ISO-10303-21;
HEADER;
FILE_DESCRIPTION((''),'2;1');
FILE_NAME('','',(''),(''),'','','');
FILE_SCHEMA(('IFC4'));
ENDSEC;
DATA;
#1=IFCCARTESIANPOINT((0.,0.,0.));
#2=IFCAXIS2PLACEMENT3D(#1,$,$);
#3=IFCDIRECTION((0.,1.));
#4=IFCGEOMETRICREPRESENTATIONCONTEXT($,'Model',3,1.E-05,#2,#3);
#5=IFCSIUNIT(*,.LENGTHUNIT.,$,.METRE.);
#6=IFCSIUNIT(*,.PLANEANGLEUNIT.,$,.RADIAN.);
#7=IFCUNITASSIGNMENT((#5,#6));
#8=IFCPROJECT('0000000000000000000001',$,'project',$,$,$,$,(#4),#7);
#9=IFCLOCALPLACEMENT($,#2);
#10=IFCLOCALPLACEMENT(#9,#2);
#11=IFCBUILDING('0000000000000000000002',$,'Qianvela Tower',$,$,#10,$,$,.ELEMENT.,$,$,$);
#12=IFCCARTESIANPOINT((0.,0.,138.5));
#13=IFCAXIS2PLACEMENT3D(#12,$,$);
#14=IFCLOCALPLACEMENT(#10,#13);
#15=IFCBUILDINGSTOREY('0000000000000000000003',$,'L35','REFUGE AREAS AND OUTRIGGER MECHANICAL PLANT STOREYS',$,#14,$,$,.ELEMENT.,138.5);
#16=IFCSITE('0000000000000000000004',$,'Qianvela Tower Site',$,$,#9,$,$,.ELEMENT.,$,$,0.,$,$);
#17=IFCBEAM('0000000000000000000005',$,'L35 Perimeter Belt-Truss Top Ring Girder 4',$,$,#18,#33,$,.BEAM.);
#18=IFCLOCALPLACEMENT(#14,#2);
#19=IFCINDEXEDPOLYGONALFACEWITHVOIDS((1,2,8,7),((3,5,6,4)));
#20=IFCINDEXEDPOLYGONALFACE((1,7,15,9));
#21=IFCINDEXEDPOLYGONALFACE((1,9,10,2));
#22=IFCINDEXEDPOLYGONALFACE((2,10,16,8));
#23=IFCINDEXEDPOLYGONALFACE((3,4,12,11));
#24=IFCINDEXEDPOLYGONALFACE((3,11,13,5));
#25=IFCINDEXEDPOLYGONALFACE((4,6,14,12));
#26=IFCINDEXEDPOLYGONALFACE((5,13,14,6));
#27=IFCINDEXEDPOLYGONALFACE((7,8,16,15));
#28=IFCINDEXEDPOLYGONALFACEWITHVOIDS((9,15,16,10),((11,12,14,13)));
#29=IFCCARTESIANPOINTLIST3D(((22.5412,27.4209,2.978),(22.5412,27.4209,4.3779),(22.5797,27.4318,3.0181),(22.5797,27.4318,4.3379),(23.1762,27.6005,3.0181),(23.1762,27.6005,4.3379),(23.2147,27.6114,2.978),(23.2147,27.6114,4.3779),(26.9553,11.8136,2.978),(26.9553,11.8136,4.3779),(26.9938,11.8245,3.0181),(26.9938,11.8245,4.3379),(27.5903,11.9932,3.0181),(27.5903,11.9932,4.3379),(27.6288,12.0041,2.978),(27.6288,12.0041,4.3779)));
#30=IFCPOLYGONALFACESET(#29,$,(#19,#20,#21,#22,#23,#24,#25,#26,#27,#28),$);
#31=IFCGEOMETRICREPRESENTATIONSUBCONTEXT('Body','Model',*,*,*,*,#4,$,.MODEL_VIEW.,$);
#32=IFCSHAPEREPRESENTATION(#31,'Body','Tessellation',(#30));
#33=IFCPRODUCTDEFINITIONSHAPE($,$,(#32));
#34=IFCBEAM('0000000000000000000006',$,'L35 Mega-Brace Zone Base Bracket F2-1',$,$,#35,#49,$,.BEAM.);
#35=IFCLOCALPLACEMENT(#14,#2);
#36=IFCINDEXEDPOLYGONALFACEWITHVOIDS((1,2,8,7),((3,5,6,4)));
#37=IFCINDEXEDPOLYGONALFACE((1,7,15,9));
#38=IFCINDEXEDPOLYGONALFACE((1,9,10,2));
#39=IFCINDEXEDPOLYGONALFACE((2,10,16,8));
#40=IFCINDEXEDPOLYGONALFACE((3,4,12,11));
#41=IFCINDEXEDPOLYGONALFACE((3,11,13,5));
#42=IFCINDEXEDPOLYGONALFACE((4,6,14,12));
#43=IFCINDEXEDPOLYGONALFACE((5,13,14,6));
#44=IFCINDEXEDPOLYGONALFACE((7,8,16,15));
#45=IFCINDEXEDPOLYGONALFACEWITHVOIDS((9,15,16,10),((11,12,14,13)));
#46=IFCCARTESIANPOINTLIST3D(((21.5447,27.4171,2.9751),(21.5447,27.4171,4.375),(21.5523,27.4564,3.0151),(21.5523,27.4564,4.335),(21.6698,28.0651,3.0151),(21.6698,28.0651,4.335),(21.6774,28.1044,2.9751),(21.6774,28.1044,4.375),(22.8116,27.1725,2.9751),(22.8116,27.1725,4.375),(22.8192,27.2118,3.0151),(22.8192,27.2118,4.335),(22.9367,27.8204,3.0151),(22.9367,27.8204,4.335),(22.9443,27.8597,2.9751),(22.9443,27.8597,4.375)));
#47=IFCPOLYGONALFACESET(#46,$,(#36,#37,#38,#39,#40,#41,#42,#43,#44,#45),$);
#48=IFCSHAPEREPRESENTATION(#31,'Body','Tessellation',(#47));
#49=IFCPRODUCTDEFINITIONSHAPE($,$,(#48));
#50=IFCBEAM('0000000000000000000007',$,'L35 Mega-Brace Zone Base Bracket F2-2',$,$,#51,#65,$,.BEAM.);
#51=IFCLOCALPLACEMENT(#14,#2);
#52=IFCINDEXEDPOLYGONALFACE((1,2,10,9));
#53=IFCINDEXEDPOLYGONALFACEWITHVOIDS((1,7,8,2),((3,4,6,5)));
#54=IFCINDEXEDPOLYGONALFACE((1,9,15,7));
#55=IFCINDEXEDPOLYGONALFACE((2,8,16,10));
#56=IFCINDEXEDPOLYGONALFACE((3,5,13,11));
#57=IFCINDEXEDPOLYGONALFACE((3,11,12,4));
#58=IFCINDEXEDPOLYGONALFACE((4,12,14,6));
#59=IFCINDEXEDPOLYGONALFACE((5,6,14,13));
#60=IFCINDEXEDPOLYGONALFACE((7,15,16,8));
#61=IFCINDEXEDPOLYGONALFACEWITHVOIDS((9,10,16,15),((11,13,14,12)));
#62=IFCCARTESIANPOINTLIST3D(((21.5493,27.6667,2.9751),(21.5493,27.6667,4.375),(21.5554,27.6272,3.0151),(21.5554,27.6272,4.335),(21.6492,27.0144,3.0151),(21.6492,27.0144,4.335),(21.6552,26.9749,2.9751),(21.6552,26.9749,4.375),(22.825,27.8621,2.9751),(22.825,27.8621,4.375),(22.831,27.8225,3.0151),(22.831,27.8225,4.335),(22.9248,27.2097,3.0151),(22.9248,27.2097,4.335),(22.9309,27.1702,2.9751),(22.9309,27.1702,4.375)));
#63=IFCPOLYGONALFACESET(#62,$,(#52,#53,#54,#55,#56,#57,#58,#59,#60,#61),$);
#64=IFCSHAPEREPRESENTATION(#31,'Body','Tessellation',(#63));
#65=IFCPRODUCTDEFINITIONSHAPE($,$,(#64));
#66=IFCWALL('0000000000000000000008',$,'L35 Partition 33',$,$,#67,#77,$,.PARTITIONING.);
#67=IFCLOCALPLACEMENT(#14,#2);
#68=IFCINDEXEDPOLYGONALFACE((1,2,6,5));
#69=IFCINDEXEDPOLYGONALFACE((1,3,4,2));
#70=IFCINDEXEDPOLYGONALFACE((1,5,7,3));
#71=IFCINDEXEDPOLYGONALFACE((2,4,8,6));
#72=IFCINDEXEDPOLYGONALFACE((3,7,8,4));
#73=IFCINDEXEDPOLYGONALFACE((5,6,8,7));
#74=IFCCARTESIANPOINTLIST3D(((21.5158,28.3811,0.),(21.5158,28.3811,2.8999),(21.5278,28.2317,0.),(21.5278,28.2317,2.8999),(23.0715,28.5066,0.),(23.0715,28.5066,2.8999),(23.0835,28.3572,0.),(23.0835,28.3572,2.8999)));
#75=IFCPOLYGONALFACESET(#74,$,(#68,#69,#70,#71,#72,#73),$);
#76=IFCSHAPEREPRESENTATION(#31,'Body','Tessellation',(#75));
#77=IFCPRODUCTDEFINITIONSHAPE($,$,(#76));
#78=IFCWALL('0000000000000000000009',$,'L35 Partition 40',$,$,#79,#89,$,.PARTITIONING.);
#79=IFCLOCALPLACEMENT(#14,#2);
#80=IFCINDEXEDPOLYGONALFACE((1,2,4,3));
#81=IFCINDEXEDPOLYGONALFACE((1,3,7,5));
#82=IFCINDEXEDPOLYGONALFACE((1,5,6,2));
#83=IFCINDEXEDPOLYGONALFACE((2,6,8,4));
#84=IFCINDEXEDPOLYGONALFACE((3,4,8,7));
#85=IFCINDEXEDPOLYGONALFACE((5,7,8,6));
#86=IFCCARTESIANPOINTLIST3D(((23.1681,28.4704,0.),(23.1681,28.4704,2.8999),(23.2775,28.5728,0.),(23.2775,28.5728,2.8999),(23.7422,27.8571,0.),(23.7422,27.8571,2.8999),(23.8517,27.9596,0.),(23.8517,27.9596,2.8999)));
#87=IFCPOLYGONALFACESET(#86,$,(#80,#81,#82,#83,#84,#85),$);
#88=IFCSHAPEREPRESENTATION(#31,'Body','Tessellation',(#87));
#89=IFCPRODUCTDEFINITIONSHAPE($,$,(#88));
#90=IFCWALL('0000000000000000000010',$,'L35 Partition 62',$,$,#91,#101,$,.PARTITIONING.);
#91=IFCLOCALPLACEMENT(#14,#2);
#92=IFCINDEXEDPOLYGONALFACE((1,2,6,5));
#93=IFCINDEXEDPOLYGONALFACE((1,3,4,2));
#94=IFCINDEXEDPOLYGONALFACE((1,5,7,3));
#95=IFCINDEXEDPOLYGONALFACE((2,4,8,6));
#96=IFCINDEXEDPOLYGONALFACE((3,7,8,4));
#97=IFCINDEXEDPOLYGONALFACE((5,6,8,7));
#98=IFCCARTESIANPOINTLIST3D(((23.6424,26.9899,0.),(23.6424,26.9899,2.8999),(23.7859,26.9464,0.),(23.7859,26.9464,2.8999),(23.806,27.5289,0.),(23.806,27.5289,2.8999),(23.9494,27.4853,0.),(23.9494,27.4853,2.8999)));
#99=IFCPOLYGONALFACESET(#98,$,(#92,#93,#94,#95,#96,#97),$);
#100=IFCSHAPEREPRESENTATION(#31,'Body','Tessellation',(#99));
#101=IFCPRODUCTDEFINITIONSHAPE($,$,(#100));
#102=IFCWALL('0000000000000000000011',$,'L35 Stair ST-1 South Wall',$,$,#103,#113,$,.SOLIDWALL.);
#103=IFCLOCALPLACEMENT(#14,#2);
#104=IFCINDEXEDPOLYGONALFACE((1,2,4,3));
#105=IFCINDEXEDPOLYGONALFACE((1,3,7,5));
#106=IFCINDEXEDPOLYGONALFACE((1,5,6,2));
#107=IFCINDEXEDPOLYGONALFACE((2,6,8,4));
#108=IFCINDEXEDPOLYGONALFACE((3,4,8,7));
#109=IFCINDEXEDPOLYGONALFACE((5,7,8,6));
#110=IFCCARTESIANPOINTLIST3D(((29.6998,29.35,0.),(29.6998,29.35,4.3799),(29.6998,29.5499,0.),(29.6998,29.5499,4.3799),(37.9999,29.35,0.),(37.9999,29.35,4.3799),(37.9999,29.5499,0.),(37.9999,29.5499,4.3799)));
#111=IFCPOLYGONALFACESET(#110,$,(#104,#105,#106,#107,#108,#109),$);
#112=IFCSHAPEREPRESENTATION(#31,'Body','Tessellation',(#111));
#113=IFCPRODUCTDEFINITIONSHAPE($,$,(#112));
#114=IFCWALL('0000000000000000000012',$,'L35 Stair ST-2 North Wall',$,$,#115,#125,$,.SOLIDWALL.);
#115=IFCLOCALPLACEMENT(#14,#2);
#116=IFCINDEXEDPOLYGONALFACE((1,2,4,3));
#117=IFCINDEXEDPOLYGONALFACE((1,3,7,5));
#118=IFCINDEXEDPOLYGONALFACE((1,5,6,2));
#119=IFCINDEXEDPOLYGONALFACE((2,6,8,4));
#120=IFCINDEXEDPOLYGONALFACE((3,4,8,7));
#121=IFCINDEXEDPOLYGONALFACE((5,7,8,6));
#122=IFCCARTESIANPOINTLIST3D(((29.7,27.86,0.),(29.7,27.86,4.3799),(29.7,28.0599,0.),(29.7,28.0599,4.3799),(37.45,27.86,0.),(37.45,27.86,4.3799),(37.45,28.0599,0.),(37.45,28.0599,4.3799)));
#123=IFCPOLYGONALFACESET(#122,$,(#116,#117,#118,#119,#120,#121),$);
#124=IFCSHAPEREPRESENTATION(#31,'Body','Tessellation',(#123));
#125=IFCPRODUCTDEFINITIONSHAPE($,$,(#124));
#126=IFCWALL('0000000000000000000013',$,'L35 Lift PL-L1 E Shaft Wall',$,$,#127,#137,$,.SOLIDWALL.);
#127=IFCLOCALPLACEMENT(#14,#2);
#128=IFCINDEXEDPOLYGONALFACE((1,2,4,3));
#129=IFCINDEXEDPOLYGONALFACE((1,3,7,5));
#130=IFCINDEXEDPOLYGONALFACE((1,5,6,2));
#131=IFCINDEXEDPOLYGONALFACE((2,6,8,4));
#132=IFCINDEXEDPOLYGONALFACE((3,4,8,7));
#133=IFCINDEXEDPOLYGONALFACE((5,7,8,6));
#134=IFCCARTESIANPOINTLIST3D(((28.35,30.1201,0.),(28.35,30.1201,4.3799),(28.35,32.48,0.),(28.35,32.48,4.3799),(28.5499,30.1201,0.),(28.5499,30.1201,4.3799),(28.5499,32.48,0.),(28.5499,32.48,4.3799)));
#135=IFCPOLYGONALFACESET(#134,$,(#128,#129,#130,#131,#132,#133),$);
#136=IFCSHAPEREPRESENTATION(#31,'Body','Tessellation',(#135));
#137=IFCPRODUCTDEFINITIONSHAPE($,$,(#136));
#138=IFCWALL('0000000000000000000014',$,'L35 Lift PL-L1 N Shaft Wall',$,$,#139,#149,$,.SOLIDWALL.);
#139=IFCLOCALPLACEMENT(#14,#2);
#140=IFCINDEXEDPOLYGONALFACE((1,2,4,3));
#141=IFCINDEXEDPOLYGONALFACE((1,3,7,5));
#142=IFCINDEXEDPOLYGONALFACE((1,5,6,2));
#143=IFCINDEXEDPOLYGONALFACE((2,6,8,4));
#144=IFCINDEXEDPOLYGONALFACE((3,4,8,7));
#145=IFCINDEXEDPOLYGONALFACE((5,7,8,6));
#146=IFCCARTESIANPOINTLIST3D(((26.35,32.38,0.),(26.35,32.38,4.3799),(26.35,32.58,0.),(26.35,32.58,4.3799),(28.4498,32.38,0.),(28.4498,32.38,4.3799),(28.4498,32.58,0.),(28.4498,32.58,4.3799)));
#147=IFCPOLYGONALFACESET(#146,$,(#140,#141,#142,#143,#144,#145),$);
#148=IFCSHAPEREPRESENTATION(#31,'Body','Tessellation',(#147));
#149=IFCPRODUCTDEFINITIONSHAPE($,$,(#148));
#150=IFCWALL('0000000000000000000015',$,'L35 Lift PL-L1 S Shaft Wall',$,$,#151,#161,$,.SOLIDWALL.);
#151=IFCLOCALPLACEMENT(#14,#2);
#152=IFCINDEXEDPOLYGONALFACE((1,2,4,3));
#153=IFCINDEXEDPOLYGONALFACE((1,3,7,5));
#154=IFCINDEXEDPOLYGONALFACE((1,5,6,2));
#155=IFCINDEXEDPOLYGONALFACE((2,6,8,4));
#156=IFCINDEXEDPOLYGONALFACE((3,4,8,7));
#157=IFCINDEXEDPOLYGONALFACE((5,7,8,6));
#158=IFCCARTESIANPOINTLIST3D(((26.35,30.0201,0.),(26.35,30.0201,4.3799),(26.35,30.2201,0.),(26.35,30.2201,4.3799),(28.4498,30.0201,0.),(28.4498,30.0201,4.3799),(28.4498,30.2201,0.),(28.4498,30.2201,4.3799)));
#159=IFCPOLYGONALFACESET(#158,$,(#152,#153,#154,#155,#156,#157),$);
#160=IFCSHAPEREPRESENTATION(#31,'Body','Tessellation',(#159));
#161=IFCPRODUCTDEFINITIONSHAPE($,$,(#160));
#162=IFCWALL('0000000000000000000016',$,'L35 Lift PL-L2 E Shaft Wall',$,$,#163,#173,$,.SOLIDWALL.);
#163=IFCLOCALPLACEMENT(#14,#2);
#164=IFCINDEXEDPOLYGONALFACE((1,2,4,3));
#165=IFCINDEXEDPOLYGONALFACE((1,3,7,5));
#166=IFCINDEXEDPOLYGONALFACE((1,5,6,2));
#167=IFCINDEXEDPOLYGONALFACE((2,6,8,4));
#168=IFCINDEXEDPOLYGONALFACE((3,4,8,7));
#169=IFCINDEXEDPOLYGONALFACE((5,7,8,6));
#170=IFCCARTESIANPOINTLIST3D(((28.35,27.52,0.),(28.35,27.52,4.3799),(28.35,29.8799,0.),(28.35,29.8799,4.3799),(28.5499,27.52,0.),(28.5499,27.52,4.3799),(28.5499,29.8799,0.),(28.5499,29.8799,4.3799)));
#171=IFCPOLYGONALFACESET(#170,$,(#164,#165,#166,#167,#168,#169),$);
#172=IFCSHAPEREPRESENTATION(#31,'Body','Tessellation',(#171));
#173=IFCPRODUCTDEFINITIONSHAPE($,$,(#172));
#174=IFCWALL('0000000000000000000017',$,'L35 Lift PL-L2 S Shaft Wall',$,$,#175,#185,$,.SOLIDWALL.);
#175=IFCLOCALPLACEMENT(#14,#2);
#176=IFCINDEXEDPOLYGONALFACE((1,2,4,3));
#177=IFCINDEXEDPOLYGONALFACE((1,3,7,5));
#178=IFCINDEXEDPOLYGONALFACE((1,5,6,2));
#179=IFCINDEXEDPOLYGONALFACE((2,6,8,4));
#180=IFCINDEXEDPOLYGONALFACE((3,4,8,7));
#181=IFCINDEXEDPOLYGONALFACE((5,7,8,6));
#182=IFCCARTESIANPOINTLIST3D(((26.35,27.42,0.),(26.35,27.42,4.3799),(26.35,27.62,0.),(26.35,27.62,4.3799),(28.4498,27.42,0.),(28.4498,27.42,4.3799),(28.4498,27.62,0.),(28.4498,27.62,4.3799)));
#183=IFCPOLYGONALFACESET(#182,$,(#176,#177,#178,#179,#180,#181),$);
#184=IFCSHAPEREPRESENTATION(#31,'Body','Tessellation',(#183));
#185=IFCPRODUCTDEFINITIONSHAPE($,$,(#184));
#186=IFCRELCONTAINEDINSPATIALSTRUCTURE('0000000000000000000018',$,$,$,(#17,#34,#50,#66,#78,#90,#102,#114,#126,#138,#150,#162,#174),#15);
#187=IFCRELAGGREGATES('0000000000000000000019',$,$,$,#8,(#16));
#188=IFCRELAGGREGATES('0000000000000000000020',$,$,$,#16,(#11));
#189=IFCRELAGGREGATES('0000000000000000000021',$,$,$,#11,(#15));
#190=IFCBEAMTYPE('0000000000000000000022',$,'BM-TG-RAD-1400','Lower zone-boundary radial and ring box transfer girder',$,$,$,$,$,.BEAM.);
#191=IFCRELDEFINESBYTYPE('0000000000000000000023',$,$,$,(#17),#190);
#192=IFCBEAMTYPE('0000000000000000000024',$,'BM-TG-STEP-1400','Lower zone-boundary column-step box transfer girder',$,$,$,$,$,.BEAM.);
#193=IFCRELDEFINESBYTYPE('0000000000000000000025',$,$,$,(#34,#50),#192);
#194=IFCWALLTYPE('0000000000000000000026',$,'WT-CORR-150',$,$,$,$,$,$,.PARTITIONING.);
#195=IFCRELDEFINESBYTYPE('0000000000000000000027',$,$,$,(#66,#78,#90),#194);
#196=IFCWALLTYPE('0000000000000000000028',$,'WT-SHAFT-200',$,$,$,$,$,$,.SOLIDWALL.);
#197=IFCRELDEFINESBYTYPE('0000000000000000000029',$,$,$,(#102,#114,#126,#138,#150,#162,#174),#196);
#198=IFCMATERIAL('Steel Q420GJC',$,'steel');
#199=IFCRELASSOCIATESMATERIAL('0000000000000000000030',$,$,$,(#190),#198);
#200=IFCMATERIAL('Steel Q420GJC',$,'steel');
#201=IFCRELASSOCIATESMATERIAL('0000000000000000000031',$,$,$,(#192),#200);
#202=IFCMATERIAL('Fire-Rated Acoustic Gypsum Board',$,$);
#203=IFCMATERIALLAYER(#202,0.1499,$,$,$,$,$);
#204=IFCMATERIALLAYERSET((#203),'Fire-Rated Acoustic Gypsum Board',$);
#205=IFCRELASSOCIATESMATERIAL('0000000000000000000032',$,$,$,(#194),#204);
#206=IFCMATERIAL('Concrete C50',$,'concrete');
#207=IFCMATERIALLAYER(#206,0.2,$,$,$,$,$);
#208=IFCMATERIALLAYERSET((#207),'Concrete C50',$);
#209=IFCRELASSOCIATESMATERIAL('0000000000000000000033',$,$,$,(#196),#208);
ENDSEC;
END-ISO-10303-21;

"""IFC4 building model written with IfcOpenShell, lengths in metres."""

from ifc_helpers import new_model, si_unit, direction, frame, frame_2d, origin, origin_2d, place, context, subcontext, project, spatial, rectangle, hollow_rectangle, extrude, material, layer, layer_set, material_profile, profile_set, type_object, element, save


model = new_model("IFC4")

# Units and contexts
model_context = context("Model", 3, precision=1e-05, world=origin(), true_north=direction((0.0, 1.0)))
body_context = subcontext(model_context, "Body", "Model", "MODEL_VIEW")
ifc_project = project(units=[si_unit("LENGTHUNIT", "METRE"), si_unit("PLANEANGLEUNIT", "RADIAN")], contexts=[model_context])

# Site, building, storey
site_placement = place(None, origin())
site = spatial("IfcSite", under=ifc_project, at=site_placement, Name="Qianvela Tower Site", CompositionType="ELEMENT", RefElevation=0.0)
building_placement = place(site_placement, origin())
building = spatial("IfcBuilding", under=site, at=building_placement, Name="Qianvela Tower", CompositionType="ELEMENT")
storey_placement = place(building_placement, frame((0.0, 0.0, 138.5)))
storey = spatial("IfcBuildingStorey", under=building, at=storey_placement, Name="L35", Description="REFUGE AREAS AND OUTRIGGER MECHANICAL PLANT STOREYS", CompositionType="ELEMENT", Elevation=138.5)

# Beams
ifc_material_1 = material(Name="Steel Q420GJC", Category="steel")
ifc_material_profile_1 = material_profile(ifc_material_1, hollow_rectangle(XDim=0.7, YDim=1.3999, WallThickness=0.04, at=origin_2d()), Name="TG-BOX-1400x700x40")
ifc_profile_set_1 = profile_set([ifc_material_profile_1], Name="Steel Q420GJC")
beam_type_1 = type_object("IfcBeamType", Name="BM-TG-RAD-1400", Description="Lower zone-boundary radial and ring box transfer girder", PredefinedType="BEAM", material=ifc_profile_set_1)
beam_1_placement = place(storey_placement, frame((22.8779, 27.5161, 3.678), z_axis=(0.272148, -0.962256, 0.0), x_axis=(0.962256, 0.272148, 0.0)))
element("IfcBeam", 1, at=beam_1_placement, inside=storey, type_object=beam_type_1, Name="L35 Perimeter Belt-Truss Top Ring Girder 4", PredefinedType="BEAM", context=body_context, shape_type="SweptSolid", body=[
    extrude(hollow_rectangle(XDim=0.7, YDim=1.3999, WallThickness=0.04, at=origin_2d()), origin(), (0.0, 0.0, 1.0), 16.2195),
])
ifc_material_2 = material(Name="Steel Q420GJC", Category="steel")
ifc_material_profile_2 = material_profile(ifc_material_2, hollow_rectangle(XDim=0.7, YDim=1.3999, WallThickness=0.04, at=origin_2d()), Name="TG-BOX-1400x700x40")
ifc_profile_set_2 = profile_set([ifc_material_profile_2], Name="Steel Q420GJC")
beam_type_2 = type_object("IfcBeamType", Name="BM-TG-STEP-1400", Description="Lower zone-boundary column-step box transfer girder", PredefinedType="BEAM", material=ifc_profile_set_2)
beam_2_placement = place(storey_placement, frame((22.8779, 27.5161, 3.675), z_axis=(-0.981862, 0.189598, 0.0), x_axis=(-0.189598, -0.981862, 0.0)))
element("IfcBeam", 2, at=beam_2_placement, inside=storey, type_object=beam_type_2, Name="L35 Mega-Brace Zone Base Bracket F2-1", PredefinedType="BEAM", context=body_context, shape_type="SweptSolid", body=[
    extrude(hollow_rectangle(XDim=0.7, YDim=1.3999, WallThickness=0.04, at=origin_2d()), origin(), (0.0, 0.0, 1.0), 1.2903),
])
beam_3_placement = place(storey_placement, frame((22.8779, 27.5161, 3.675), z_axis=(-0.988481, -0.151346, 0.0), x_axis=(0.151346, -0.988481, 0.0)))
element("IfcBeam", 3, at=beam_3_placement, inside=storey, type_object=beam_type_2, Name="L35 Mega-Brace Zone Base Bracket F2-2", PredefinedType="BEAM", context=body_context, shape_type="SweptSolid", body=[
    extrude(hollow_rectangle(XDim=0.7, YDim=1.3999, WallThickness=0.04, at=origin_2d()), origin(), (0.0, 0.0, 1.0), 1.2905),
])

# Walls
ifc_material_3 = material(Name="Fire-Rated Acoustic Gypsum Board")
ifc_layer_1 = layer(ifc_material_3, 0.1499)
ifc_layer_set_1 = layer_set([ifc_layer_1], Name="Fire-Rated Acoustic Gypsum Board")
wall_type_1 = type_object("IfcWallType", Name="WT-CORR-150", PredefinedType="PARTITIONING", material=ifc_layer_set_1)
wall_1_placement = place(storey_placement, frame((23.0774, 28.4319, 0.0), z_axis=(0.0, 0.0, 1.0), x_axis=(-0.996762, -0.080404, 0.0)))
element("IfcWall", 4, at=wall_1_placement, inside=storey, type_object=wall_type_1, Name="L35 Partition 33", PredefinedType="PARTITIONING", context=body_context, shape_type="SweptSolid", body=[
    extrude(rectangle(XDim=1.5608, YDim=0.1499, at=frame_2d((0.7803, 0.0))), origin(), (0.0, 0.0, 1.0), 2.8999),
])
wall_2_placement = place(storey_placement, frame((23.7969, 27.9084, 0.0), z_axis=(0.0, 0.0, 1.0), x_axis=(-0.683477, 0.729972, 0.0)))
element("IfcWall", 5, at=wall_2_placement, inside=storey, type_object=wall_type_1, Name="L35 Partition 40", PredefinedType="PARTITIONING", context=body_context, shape_type="SweptSolid", body=[
    extrude(rectangle(XDim=0.8401, YDim=0.1499, at=frame_2d((0.4199, 0.0))), origin(), (0.0, 0.0, 1.0), 2.8999),
])
wall_3_placement = place(storey_placement, frame((23.7141, 26.968, 0.0), z_axis=(0.0, 0.0, 1.0), x_axis=(0.290368, 0.956915, 0.0)))
element("IfcWall", 6, at=wall_3_placement, inside=storey, type_object=wall_type_1, Name="L35 Partition 62", PredefinedType="PARTITIONING", context=body_context, shape_type="SweptSolid", body=[
    extrude(rectangle(XDim=0.5632, YDim=0.1499, at=frame_2d((0.2817, 0.0))), origin(), (0.0, 0.0, 1.0), 2.8999),
])
ifc_material_4 = material(Name="Concrete C50", Category="concrete")
ifc_layer_2 = layer(ifc_material_4, 0.2)
ifc_layer_set_2 = layer_set([ifc_layer_2], Name="Concrete C50")
wall_type_2 = type_object("IfcWallType", Name="WT-SHAFT-200", PredefinedType="SOLIDWALL", material=ifc_layer_set_2)
wall_4_placement = place(storey_placement, frame((29.7, 29.45, 0.0), z_axis=(0.0, 0.0, 1.0), x_axis=(1.0, 0.0, 0.0)))
element("IfcWall", 7, at=wall_4_placement, inside=storey, type_object=wall_type_2, Name="L35 Stair ST-1 South Wall", PredefinedType="SOLIDWALL", context=body_context, shape_type="SweptSolid", body=[
    extrude(rectangle(XDim=8.3, YDim=0.2, at=frame_2d((4.1499, 0.0))), origin(), (0.0, 0.0, 1.0), 4.3799),
])
wall_5_placement = place(storey_placement, frame((29.7, 27.96, 0.0), z_axis=(0.0, 0.0, 1.0), x_axis=(1.0, 0.0, 0.0)))
element("IfcWall", 8, at=wall_5_placement, inside=storey, type_object=wall_type_2, Name="L35 Stair ST-2 North Wall", PredefinedType="SOLIDWALL", context=body_context, shape_type="SweptSolid", body=[
    extrude(rectangle(XDim=7.75, YDim=0.2, at=frame_2d((3.875, 0.0))), origin(), (0.0, 0.0, 1.0), 4.3799),
])
wall_6_placement = place(storey_placement, frame((28.45, 30.1201, 0.0), z_axis=(0.0, 0.0, 1.0), x_axis=(0.0, 1.0, 0.0)))
element("IfcWall", 9, at=wall_6_placement, inside=storey, type_object=wall_type_2, Name="L35 Lift PL-L1 E Shaft Wall", PredefinedType="SOLIDWALL", context=body_context, shape_type="SweptSolid", body=[
    extrude(rectangle(XDim=2.3599, YDim=0.2, at=frame_2d((1.1799, 0.0))), origin(), (0.0, 0.0, 1.0), 4.3799),
])

# Walls
for number, where, z_axis, x_axis, name in (
    (10, (26.3501, 32.48, 0.0), (0.0, 0.0, 1.0), (1.0, 0.0, 0.0), "L35 Lift PL-L1 N Shaft Wall"),
    (11, (26.3501, 30.1201, 0.0), (0.0, 0.0, 1.0), (1.0, 0.0, 0.0), "L35 Lift PL-L1 S Shaft Wall"),
):
    element("IfcWall", number, at=place(storey_placement, frame(where, z_axis=z_axis, x_axis=x_axis)), inside=storey, type_object=wall_type_2, Name=name, PredefinedType="SOLIDWALL", context=body_context, shape_type="SweptSolid", body=[
        extrude(rectangle(XDim=2.0999, YDim=0.2, at=frame_2d((1.0498, 0.0))), origin(), (0.0, 0.0, 1.0), 4.3799),
    ])
wall_7_placement = place(storey_placement, frame((28.45, 27.52, 0.0), z_axis=(0.0, 0.0, 1.0), x_axis=(0.0, 1.0, 0.0)))
element("IfcWall", 12, at=wall_7_placement, inside=storey, type_object=wall_type_2, Name="L35 Lift PL-L2 E Shaft Wall", PredefinedType="SOLIDWALL", context=body_context, shape_type="SweptSolid", body=[
    extrude(rectangle(XDim=2.3599, YDim=0.2, at=frame_2d((1.1799, 0.0))), origin(), (0.0, 0.0, 1.0), 4.3799),
])

# Wall
wall_8_placement = place(storey_placement, frame((26.3501, 27.52, 0.0), z_axis=(0.0, 0.0, 1.0), x_axis=(1.0, 0.0, 0.0)))
element("IfcWall", 13, at=wall_8_placement, inside=storey, type_object=wall_type_2, Name="L35 Lift PL-L2 S Shaft Wall", PredefinedType="SOLIDWALL", context=body_context, shape_type="SweptSolid", body=[
    extrude(rectangle(XDim=2.0999, YDim=0.2, at=frame_2d((1.0498, 0.0))), origin(), (0.0, 0.0, 1.0), 4.3799),
])

save(model, "model.ifc")
